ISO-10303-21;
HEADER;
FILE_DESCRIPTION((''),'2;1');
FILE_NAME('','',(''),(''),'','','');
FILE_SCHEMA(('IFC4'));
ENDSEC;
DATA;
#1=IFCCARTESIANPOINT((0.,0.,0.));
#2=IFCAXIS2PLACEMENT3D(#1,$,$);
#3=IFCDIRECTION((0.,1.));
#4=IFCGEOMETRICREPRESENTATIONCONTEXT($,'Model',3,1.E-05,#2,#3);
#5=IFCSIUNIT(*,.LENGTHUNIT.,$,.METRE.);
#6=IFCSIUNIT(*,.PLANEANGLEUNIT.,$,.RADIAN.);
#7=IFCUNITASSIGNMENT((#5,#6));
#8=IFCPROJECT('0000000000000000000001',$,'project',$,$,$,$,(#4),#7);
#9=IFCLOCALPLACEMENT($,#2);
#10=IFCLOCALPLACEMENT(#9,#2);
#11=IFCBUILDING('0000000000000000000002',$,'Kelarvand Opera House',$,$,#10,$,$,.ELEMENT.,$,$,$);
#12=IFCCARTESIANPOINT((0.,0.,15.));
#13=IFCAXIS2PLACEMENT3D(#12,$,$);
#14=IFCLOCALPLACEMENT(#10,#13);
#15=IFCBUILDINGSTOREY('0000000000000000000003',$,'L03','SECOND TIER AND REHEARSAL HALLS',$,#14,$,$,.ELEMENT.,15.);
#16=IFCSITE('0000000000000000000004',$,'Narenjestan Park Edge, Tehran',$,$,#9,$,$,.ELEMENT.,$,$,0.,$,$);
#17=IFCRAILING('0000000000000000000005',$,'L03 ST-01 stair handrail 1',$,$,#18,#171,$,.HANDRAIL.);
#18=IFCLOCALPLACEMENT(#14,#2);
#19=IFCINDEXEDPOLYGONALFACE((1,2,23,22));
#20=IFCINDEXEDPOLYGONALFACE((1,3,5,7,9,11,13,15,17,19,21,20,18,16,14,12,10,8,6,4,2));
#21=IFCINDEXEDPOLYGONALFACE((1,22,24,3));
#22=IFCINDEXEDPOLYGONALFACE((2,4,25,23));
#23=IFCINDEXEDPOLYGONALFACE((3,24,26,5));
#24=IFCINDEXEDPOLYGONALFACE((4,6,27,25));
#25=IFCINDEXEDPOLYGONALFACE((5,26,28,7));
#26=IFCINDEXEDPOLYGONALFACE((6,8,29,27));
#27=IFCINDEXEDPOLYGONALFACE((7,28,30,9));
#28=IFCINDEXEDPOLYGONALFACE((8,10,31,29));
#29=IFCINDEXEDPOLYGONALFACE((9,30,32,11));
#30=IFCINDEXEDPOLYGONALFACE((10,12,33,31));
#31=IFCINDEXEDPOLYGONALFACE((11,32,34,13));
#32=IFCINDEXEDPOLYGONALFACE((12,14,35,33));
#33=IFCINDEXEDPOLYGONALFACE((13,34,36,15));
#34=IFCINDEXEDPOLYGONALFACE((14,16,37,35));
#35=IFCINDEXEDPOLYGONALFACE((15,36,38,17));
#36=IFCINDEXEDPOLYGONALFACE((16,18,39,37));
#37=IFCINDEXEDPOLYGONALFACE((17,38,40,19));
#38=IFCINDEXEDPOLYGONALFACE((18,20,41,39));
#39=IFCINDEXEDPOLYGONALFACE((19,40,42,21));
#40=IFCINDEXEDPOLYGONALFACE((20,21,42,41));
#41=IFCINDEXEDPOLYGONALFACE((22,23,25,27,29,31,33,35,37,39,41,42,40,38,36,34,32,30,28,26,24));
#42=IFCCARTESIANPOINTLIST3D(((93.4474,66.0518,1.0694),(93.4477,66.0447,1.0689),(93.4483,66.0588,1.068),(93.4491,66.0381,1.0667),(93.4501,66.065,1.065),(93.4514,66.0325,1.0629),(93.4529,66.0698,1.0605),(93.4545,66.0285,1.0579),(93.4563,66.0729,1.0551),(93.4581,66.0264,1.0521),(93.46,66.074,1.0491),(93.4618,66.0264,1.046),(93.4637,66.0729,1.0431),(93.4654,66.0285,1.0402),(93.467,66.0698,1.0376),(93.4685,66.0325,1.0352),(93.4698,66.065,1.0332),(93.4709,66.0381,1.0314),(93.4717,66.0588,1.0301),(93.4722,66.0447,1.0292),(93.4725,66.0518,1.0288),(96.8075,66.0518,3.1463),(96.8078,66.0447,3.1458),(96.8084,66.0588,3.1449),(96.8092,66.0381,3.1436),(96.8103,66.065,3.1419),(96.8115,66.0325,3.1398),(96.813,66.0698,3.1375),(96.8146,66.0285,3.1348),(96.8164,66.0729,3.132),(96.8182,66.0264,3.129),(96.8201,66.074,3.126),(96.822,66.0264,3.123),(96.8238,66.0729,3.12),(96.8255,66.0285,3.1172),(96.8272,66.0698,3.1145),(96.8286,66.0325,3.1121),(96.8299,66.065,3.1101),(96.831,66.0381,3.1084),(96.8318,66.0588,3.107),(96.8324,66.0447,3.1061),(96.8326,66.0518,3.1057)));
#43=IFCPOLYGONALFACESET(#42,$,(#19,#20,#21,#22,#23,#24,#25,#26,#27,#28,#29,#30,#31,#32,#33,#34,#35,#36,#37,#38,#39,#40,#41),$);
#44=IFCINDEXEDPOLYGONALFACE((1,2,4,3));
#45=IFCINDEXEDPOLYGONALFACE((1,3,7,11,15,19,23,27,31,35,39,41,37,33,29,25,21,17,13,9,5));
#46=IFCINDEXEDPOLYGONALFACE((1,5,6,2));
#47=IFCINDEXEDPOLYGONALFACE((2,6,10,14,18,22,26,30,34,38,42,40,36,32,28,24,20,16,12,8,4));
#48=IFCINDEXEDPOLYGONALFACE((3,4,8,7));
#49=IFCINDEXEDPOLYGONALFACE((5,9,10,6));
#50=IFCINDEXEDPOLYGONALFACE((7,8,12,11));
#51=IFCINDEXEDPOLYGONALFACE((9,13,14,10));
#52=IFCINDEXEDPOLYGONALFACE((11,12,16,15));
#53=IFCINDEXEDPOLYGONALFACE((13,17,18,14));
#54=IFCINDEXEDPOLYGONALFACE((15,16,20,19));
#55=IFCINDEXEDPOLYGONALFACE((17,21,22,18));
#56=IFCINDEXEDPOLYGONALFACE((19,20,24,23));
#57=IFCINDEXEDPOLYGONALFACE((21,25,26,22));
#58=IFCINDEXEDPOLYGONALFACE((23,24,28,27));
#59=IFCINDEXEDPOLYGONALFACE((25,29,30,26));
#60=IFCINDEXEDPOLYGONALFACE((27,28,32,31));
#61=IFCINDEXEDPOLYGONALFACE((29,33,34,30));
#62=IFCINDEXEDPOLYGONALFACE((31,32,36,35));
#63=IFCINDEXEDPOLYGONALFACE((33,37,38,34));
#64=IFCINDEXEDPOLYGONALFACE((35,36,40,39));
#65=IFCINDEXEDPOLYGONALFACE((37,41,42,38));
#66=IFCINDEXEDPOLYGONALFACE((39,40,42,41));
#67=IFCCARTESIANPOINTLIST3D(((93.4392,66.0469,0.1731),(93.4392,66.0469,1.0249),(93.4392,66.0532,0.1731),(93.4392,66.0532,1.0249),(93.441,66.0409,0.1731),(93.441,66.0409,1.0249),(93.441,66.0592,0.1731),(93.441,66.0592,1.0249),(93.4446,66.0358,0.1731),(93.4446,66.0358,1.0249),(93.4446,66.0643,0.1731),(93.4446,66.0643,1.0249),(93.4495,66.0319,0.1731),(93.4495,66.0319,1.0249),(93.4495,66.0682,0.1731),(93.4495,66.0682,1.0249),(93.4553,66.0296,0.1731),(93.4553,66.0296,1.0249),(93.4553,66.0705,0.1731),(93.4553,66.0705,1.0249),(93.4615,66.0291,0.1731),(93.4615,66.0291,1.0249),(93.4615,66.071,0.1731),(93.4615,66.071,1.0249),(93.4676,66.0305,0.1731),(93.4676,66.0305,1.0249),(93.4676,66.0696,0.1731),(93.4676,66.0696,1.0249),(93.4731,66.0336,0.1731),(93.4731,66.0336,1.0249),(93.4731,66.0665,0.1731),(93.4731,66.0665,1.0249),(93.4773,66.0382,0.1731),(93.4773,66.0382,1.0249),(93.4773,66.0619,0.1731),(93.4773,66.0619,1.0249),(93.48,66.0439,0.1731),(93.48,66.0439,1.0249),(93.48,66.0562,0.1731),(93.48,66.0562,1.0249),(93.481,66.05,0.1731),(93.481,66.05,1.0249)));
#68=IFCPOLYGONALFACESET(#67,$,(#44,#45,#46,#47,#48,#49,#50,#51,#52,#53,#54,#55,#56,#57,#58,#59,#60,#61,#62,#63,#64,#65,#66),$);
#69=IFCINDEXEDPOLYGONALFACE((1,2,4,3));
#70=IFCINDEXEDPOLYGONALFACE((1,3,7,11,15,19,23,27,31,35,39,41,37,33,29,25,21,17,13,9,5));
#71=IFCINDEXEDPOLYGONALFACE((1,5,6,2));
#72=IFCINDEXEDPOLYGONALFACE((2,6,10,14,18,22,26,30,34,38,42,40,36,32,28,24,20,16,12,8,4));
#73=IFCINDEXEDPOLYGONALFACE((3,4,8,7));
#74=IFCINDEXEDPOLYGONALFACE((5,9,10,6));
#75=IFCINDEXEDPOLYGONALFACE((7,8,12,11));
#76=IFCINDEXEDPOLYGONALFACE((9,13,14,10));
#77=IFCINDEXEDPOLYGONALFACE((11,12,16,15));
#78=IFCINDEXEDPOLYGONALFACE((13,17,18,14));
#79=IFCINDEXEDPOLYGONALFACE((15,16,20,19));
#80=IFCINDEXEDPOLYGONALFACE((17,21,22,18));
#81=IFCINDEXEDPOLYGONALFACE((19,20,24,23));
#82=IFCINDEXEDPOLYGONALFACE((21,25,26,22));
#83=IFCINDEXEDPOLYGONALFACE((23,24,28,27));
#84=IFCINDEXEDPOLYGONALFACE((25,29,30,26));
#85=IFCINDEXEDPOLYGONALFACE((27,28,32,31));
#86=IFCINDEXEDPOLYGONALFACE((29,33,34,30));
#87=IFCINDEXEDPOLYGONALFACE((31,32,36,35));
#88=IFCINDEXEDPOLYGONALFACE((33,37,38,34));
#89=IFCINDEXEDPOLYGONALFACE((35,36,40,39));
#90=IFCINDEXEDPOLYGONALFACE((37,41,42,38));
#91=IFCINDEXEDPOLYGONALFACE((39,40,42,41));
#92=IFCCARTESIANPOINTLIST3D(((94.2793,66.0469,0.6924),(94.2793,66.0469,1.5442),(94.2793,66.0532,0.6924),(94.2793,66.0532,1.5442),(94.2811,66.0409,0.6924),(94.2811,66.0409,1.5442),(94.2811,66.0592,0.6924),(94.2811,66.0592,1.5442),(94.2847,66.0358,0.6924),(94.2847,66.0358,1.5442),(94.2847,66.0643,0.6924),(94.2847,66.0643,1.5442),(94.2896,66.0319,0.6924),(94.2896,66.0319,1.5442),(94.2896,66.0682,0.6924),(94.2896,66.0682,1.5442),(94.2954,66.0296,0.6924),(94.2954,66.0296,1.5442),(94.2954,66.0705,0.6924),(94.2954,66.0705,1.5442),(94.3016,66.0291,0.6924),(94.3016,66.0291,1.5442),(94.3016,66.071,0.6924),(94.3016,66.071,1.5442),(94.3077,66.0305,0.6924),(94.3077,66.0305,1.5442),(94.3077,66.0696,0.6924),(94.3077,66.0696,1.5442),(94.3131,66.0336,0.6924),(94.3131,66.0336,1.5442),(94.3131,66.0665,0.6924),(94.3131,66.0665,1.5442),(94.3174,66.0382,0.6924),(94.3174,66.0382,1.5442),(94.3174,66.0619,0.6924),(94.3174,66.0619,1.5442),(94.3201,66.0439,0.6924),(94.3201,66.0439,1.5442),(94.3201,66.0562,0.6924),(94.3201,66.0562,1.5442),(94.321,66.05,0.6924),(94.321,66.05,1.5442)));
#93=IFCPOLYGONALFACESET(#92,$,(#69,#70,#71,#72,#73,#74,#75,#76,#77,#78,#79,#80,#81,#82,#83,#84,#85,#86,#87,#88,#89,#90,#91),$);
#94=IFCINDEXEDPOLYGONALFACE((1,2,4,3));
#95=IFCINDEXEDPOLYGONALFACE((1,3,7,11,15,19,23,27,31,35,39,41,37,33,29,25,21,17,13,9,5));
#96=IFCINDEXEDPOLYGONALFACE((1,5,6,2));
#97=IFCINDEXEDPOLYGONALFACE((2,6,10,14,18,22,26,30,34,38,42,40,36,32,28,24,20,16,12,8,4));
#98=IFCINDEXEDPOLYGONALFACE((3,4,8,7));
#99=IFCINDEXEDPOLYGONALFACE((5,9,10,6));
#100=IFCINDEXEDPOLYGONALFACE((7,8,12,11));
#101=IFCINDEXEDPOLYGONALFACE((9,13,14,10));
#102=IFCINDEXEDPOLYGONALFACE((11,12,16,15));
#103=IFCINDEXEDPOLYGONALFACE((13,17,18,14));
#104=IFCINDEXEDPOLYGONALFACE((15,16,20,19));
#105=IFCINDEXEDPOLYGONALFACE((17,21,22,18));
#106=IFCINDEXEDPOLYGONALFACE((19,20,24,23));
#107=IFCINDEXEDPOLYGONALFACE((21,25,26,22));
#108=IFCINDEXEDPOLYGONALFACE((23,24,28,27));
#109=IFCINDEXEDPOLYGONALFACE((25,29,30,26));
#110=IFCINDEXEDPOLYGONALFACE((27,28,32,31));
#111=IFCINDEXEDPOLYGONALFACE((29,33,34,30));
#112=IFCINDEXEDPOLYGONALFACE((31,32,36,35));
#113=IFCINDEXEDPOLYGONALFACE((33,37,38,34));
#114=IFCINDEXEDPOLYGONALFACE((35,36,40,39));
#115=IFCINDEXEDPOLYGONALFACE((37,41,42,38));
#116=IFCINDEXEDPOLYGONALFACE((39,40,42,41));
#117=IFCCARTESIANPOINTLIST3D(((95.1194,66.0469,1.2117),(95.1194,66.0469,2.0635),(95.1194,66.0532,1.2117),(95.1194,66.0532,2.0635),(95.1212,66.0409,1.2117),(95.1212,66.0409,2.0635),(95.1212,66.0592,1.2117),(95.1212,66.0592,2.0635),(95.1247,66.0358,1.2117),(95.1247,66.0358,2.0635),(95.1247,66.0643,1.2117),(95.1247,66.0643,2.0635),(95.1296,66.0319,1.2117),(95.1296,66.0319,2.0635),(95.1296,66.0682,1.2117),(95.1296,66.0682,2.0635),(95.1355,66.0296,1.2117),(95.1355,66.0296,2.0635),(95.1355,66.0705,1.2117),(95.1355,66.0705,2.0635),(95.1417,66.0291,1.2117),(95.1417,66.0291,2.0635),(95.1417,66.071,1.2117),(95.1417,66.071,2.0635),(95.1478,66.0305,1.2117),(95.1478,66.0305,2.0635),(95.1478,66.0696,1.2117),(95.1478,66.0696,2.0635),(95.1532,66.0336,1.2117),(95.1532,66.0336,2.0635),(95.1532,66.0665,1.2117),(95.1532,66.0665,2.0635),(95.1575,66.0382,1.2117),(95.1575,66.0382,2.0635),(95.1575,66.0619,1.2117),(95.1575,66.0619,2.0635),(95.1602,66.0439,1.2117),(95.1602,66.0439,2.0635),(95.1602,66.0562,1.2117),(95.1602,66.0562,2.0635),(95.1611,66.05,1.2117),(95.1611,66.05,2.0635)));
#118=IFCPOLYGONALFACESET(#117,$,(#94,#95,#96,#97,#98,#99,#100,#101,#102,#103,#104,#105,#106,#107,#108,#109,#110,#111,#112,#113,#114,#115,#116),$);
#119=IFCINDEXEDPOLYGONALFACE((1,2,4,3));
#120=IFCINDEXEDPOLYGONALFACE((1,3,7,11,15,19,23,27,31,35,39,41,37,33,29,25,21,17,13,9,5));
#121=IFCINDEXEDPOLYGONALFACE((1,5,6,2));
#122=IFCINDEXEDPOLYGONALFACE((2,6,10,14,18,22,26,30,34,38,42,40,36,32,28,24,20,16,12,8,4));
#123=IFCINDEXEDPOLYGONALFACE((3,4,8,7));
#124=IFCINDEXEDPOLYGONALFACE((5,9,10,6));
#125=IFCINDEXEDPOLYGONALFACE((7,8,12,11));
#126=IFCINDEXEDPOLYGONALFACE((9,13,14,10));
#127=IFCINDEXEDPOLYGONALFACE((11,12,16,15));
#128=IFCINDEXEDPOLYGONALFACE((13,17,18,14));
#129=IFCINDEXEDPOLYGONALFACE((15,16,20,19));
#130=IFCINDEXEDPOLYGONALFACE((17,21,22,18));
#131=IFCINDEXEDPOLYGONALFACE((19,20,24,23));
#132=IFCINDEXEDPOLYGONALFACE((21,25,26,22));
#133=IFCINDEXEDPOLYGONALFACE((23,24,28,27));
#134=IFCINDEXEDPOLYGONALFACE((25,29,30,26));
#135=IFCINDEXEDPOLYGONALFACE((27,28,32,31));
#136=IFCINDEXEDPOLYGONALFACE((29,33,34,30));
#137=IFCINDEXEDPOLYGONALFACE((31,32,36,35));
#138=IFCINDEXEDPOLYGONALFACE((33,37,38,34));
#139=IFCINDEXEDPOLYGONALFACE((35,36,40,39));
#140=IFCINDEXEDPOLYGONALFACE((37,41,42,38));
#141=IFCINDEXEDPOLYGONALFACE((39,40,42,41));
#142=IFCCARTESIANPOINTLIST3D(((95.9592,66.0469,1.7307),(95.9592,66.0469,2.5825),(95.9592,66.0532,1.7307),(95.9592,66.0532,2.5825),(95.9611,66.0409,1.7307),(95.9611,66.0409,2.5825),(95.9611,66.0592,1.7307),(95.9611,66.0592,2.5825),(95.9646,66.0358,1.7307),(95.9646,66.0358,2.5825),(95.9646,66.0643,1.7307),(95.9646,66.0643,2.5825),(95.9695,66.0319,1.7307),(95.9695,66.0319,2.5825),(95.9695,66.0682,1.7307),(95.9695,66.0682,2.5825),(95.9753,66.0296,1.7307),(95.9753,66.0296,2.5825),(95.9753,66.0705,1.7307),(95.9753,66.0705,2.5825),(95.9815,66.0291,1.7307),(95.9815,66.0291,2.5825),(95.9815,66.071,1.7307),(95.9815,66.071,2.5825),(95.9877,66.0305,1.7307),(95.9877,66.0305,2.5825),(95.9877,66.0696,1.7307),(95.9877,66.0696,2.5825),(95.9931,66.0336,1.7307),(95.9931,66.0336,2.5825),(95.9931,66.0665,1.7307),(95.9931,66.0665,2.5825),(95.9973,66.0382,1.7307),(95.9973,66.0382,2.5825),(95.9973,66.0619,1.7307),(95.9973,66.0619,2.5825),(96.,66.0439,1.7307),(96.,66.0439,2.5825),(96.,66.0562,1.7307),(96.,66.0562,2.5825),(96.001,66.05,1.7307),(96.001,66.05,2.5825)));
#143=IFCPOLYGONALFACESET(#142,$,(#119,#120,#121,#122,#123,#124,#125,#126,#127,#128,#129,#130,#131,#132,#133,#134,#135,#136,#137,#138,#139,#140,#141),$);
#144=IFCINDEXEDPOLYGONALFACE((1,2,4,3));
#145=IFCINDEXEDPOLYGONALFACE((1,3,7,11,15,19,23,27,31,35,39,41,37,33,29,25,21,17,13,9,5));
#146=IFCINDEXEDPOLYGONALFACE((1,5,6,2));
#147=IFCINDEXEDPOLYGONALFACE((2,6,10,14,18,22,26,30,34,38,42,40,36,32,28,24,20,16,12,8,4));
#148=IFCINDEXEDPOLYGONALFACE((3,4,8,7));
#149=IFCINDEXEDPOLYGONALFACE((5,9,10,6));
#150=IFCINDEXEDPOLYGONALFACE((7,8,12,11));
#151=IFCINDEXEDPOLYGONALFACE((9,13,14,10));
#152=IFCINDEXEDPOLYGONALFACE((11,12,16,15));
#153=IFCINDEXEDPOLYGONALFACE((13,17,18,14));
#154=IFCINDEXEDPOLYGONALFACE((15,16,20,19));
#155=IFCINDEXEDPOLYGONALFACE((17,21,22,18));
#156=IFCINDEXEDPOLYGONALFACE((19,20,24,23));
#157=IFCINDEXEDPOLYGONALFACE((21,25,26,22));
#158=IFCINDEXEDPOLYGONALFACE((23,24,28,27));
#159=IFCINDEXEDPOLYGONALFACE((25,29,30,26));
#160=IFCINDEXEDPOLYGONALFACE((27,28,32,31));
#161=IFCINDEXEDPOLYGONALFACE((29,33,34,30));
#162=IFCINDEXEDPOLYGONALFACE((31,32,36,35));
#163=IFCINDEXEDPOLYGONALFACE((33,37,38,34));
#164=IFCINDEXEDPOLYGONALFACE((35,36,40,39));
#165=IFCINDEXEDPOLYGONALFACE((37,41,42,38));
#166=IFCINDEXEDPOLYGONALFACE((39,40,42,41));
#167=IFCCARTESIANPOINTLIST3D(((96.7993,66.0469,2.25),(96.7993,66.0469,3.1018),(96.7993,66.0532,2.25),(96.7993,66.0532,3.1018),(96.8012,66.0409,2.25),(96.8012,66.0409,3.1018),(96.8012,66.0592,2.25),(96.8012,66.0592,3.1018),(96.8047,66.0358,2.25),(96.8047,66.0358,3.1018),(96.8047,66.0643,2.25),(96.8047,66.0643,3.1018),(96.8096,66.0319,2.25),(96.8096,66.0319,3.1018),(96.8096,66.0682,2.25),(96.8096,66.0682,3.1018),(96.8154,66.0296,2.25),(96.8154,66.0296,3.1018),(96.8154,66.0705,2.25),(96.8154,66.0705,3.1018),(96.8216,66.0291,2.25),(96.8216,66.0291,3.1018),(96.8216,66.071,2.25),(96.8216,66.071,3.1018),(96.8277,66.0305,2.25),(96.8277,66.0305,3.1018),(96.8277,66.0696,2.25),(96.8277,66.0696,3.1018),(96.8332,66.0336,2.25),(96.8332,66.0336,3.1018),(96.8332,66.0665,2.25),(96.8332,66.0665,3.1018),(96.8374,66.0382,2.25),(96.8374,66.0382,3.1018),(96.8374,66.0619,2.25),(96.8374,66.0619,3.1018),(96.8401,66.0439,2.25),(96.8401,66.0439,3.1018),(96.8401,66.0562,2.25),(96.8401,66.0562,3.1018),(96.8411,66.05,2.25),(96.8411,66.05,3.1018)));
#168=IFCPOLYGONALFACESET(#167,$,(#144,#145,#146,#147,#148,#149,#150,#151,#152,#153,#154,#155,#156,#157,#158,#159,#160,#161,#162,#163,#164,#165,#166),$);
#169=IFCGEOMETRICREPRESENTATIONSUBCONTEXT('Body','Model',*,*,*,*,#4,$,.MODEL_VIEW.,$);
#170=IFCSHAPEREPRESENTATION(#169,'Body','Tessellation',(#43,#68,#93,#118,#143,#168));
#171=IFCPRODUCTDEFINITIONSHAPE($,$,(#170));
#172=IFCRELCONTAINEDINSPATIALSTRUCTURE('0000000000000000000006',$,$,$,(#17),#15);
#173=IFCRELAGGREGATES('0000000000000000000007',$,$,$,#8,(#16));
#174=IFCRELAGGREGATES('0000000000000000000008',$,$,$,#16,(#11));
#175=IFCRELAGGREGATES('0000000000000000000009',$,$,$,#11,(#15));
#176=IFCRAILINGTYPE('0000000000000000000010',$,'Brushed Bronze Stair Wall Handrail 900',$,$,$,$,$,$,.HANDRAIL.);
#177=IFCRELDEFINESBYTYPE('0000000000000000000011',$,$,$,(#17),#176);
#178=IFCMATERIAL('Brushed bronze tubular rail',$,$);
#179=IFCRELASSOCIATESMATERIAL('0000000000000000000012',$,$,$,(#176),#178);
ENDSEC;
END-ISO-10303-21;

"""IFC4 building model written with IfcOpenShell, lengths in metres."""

from ifc_helpers import new_model, si_unit, direction, frame, origin, origin_2d, place, context, subcontext, project, spatial, circle, extrude, material, type_object, element, save


model = new_model("IFC4")

# Units and contexts
model_context = context("Model", 3, precision=1e-05, world=origin(), true_north=direction((0.0, 1.0)))
body_context = subcontext(model_context, "Body", "Model", "MODEL_VIEW")
ifc_project = project(units=[si_unit("LENGTHUNIT", "METRE"), si_unit("PLANEANGLEUNIT", "RADIAN")], contexts=[model_context])

# Site, building, storey
site_placement = place(None, origin())
site = spatial("IfcSite", under=ifc_project, at=site_placement, Name="Narenjestan Park Edge, Tehran", CompositionType="ELEMENT", RefElevation=0.0)
building_placement = place(site_placement, origin())
building = spatial("IfcBuilding", under=site, at=building_placement, Name="Kelarvand Opera House", CompositionType="ELEMENT")
storey_placement = place(building_placement, frame((0.0, 0.0, 15.0)))
storey = spatial("IfcBuildingStorey", under=building, at=storey_placement, Name="L03", Description="SECOND TIER AND REHEARSAL HALLS", CompositionType="ELEMENT", Elevation=15.0)

# Railing
ifc_material_1 = material(Name="Brushed bronze tubular rail")
railing_type_1 = type_object("IfcRailingType", Name="Brushed Bronze Stair Wall Handrail 900", PredefinedType="HANDRAIL", material=ifc_material_1)
railing_1_placement = place(storey_placement, frame((93.46, 66.05, 0.1731)))
element("IfcRailing", 1, at=railing_1_placement, inside=storey, type_object=railing_type_1, Name="L03 ST-01 stair handrail 1", PredefinedType="HANDRAIL", context=body_context, shape_type="SweptSolid", body=[
    extrude(circle(Radius=0.0239, at=origin_2d()), frame((0.0, 0.0, 0.876), z_axis=(0.850623, 0.0, 0.525776), x_axis=(0.0, 1.0, 0.0)), (0.0, 0.0, 1.0), 3.9502),
    extrude(circle(Radius=0.021, at=origin_2d()), origin(), (0.0, 0.0, 1.0), 0.8518),
    extrude(circle(Radius=0.021, at=origin_2d()), frame((0.8401, 0.0, 0.5193)), (0.0, 0.0, 1.0), 0.8518),
    extrude(circle(Radius=0.021, at=origin_2d()), frame((1.6802, 0.0, 1.0386)), (0.0, 0.0, 1.0), 0.8518),
    extrude(circle(Radius=0.021, at=origin_2d()), frame((2.52, 0.0, 1.5576)), (0.0, 0.0, 1.0), 0.8518),
    extrude(circle(Radius=0.021, at=origin_2d()), frame((3.3601, 0.0, 2.0769)), (0.0, 0.0, 1.0), 0.8518),
])

save(model, "model.ifc")
